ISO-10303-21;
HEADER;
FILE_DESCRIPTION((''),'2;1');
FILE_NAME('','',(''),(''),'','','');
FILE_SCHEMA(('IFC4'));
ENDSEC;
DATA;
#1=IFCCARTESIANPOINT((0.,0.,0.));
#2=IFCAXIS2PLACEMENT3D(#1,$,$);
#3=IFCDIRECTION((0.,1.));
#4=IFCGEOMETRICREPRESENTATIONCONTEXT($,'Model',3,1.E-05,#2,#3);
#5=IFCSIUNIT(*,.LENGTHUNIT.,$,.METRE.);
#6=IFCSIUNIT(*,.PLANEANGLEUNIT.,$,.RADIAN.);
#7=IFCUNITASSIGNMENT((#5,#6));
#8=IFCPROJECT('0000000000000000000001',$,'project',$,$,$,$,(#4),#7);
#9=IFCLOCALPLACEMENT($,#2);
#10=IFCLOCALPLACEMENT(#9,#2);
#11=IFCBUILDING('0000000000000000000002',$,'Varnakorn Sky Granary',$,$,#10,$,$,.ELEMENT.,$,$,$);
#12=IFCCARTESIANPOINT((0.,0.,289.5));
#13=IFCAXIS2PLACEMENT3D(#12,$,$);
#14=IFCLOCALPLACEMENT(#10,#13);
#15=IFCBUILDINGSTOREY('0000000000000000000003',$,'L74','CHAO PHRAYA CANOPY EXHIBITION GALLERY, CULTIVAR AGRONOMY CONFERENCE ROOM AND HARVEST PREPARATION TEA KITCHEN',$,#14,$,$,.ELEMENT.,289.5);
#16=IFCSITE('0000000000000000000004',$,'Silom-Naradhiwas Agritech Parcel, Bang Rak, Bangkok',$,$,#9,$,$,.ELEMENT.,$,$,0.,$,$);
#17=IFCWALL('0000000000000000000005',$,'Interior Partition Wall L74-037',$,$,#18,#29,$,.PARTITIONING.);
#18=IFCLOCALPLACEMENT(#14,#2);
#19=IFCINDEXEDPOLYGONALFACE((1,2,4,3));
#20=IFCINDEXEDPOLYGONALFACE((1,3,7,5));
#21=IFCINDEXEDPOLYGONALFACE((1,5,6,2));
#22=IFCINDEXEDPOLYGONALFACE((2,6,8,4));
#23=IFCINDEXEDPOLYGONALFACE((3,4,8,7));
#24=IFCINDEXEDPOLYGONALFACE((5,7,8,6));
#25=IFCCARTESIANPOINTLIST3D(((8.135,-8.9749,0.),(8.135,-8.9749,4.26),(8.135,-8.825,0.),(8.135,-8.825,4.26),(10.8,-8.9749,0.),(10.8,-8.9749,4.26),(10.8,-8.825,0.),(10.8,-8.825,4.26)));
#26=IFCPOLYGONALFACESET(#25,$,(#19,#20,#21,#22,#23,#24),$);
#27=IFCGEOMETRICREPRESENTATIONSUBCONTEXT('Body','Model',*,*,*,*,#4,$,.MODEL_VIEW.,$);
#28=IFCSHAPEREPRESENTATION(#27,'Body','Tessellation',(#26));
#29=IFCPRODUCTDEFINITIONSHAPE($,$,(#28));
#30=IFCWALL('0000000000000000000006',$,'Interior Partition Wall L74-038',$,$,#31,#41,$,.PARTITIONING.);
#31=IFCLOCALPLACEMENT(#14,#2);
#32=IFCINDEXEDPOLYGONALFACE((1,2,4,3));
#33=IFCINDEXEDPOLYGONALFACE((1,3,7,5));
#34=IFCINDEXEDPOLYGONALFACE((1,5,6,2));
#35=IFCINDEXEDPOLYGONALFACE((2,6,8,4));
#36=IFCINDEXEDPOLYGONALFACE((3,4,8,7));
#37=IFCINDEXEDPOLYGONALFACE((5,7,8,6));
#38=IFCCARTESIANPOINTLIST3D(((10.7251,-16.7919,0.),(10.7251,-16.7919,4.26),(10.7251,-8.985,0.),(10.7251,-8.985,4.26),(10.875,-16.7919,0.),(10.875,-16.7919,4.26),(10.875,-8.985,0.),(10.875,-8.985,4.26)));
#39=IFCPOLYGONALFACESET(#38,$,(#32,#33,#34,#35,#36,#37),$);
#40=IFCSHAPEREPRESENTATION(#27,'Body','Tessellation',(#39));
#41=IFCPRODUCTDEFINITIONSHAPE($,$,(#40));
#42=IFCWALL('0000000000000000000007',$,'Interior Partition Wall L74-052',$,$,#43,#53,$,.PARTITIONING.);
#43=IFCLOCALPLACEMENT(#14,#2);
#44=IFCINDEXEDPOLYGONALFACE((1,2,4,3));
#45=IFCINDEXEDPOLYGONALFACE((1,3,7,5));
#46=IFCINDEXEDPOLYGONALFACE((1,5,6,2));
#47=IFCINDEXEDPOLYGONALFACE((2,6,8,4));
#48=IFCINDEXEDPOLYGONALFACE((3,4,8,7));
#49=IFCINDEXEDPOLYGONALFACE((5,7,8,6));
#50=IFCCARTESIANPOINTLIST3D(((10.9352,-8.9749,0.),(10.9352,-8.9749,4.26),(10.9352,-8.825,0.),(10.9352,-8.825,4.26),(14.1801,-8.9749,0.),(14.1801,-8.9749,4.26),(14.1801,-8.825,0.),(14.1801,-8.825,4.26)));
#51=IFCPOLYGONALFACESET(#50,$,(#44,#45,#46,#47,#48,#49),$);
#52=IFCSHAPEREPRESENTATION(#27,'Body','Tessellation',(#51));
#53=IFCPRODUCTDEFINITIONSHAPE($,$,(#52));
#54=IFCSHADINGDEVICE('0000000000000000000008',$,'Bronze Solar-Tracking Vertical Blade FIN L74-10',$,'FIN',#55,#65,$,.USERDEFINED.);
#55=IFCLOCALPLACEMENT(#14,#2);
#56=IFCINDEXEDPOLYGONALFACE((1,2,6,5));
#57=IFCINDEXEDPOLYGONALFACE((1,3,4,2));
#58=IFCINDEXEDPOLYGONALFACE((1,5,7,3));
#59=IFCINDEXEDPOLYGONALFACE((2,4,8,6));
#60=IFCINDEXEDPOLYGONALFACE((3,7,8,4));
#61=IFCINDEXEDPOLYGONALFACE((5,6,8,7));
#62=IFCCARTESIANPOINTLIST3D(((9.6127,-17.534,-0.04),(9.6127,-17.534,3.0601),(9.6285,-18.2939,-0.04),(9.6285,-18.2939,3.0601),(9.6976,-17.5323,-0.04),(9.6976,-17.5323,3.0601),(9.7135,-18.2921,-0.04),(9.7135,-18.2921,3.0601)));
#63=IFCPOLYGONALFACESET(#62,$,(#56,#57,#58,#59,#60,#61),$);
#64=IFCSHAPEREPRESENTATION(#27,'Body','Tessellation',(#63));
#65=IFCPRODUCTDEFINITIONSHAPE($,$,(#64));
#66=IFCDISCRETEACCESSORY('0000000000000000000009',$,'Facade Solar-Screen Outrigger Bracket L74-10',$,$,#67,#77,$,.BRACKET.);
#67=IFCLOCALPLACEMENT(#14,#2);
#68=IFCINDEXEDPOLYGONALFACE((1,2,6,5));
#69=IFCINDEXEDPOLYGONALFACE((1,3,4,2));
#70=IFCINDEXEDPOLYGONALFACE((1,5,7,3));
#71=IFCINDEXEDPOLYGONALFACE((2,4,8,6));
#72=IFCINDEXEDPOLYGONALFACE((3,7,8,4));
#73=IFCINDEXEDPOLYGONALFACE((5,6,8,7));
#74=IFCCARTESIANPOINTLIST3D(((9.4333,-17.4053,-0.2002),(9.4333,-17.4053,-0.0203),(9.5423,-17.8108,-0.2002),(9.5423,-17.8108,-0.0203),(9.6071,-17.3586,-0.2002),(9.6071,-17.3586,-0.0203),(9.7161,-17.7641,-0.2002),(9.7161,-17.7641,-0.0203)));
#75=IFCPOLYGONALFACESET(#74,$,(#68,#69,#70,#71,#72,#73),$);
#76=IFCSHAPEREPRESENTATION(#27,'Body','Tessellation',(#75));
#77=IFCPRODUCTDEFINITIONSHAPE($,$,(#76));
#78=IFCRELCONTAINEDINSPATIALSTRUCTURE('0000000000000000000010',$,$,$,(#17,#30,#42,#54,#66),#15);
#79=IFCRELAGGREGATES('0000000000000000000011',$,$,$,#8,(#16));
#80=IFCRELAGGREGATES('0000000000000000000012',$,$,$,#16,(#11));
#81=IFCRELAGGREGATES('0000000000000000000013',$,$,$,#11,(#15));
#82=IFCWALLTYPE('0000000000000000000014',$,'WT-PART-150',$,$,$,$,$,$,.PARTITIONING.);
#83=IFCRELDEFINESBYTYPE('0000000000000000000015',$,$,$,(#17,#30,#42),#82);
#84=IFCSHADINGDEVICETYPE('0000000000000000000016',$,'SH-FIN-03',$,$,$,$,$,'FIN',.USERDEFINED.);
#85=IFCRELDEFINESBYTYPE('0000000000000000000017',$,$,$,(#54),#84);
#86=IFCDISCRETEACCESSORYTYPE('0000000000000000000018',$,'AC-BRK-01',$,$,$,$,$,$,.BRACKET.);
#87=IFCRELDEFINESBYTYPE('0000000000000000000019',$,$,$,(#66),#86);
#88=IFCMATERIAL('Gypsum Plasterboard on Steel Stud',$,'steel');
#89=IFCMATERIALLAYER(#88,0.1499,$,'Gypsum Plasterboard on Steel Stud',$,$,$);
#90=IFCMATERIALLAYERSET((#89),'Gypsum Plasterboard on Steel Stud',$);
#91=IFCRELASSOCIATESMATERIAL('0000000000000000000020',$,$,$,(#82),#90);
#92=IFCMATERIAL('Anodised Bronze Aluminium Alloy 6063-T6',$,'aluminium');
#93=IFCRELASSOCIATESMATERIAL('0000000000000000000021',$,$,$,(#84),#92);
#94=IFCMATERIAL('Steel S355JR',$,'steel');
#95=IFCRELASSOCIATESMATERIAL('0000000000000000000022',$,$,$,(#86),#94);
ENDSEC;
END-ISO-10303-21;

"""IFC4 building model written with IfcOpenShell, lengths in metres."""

from ifc_helpers import new_model, si_unit, direction, frame, frame_2d, origin, origin_2d, place, context, subcontext, project, spatial, rectangle, extrude, source, transform, mapped, material, layer, layer_set, type_object, type_shapes, element, save


model = new_model("IFC4")

# Units and contexts
model_context = context("Model", 3, precision=1e-05, world=origin(), true_north=direction((0.0, 1.0)))
body_context = subcontext(model_context, "Body", "Model", "MODEL_VIEW")
ifc_project = project(units=[si_unit("LENGTHUNIT", "METRE"), si_unit("PLANEANGLEUNIT", "RADIAN")], contexts=[model_context])

# Site, building, storey
site_placement = place(None, origin())
site = spatial("IfcSite", under=ifc_project, at=site_placement, Name="Silom-Naradhiwas Agritech Parcel, Bang Rak, Bangkok", CompositionType="ELEMENT", RefElevation=0.0)
building_placement = place(site_placement, origin())
building = spatial("IfcBuilding", under=site, at=building_placement, Name="Varnakorn Sky Granary", CompositionType="ELEMENT")
storey_placement = place(building_placement, frame((0.0, 0.0, 289.5)))
storey = spatial("IfcBuildingStorey", under=building, at=storey_placement, Name="L74", Description="CHAO PHRAYA CANOPY EXHIBITION GALLERY, CULTIVAR AGRONOMY CONFERENCE ROOM AND HARVEST PREPARATION TEA KITCHEN", CompositionType="ELEMENT", Elevation=289.5)

# Shared definitions
ifc_material_1 = material(Name="Steel S355JR", Category="steel")

# Shared definitions
ifc_material_2 = material(Name="Anodised Bronze Aluminium Alloy 6063-T6", Category="aluminium")

# Walls
ifc_material_3 = material(Name="Gypsum Plasterboard on Steel Stud", Category="steel")
ifc_layer_1 = layer(ifc_material_3, 0.1499, Name="Gypsum Plasterboard on Steel Stud")
ifc_layer_set_1 = layer_set([ifc_layer_1], Name="Gypsum Plasterboard on Steel Stud")
wall_type = type_object("IfcWallType", Name="WT-PART-150", PredefinedType="PARTITIONING", material=ifc_layer_set_1)
wall_1_placement = place(storey_placement, frame((8.135, -8.8999, 0.0), z_axis=(0.0, 0.0, 1.0), x_axis=(1.0, 0.0, 0.0)))
element("IfcWall", 1, at=wall_1_placement, inside=storey, type_object=wall_type, Name="Interior Partition Wall L74-037", PredefinedType="PARTITIONING", context=body_context, shape_type="SweptSolid", body=[
    extrude(rectangle(XDim=2.665, YDim=0.1499, at=frame_2d((1.3325, 0.0))), origin(), (0.0, 0.0, 1.0), 4.26),
])
wall_2_placement = place(storey_placement, frame((10.8, -8.9851, 0.0), z_axis=(0.0, 0.0, 1.0), x_axis=(0.0, -1.0, 0.0)))
element("IfcWall", 2, at=wall_2_placement, inside=storey, type_object=wall_type, Name="Interior Partition Wall L74-038", PredefinedType="PARTITIONING", context=body_context, shape_type="SweptSolid", body=[
    extrude(rectangle(XDim=7.8069, YDim=0.1499, at=frame_2d((3.9033, 0.0))), origin(), (0.0, 0.0, 1.0), 4.26),
])
wall_3_placement = place(storey_placement, frame((10.9351, -8.8999, 0.0), z_axis=(0.0, 0.0, 1.0), x_axis=(1.0, 0.0, 0.0)))
element("IfcWall", 3, at=wall_3_placement, inside=storey, type_object=wall_type, Name="Interior Partition Wall L74-052", PredefinedType="PARTITIONING", context=body_context, shape_type="SweptSolid", body=[
    extrude(rectangle(XDim=3.2449, YDim=0.1499, at=frame_2d((1.6226, 0.0))), origin(), (0.0, 0.0, 1.0), 4.26),
])

# Shading device
shading_device_type = type_object("IfcShadingDeviceType", Name="SH-FIN-03", ElementType="FIN", PredefinedType="USERDEFINED", material=ifc_material_2)
shared_shape_1 = source(origin(), body_context, "Body", "SweptSolid", [
    extrude(rectangle(XDim=0.085, YDim=0.76, at=origin_2d()), origin(), (0.0, 0.0, 1.0), 3.1001),
])
type_shapes(shading_device_type, [shared_shape_1])
shading_device_placement = place(storey_placement, frame((9.6631, -17.9131, -0.04), z_axis=(0.0, 0.0, 1.0), x_axis=(0.999783, 0.020843, 0.0)))
element("IfcShadingDevice", 4, at=shading_device_placement, inside=storey, type_object=shading_device_type, Name="Bronze Solar-Tracking Vertical Blade FIN L74-10", ObjectType="FIN", PredefinedType="USERDEFINED", context=body_context, shape_type="MappedRepresentation", body=[
    mapped(shared_shape_1, transform((0.0, 0.0, 0.0), x_axis=(1.0, 0.0, 0.0), y_axis=(0.0, 1.0, 0.0), z_axis=(0.0, 0.0, 1.0), scale=1.0)),
])

# Discrete accessory
discrete_accessory_type = type_object("IfcDiscreteAccessoryType", Name="AC-BRK-01", PredefinedType="BRACKET", material=ifc_material_1)
shared_shape_2 = source(origin(), body_context, "Body", "SweptSolid", [
    extrude(rectangle(XDim=0.1799, YDim=0.4199, at=origin_2d()), origin(), (0.0, 0.0, 1.0), 0.1799),
])
type_shapes(discrete_accessory_type, [shared_shape_2])
discrete_accessory_placement = place(storey_placement, frame((9.5747, -17.5847, -0.2002), z_axis=(0.0, 0.0, 1.0), x_axis=(0.965747, 0.259487, 0.0)))
element("IfcDiscreteAccessory", 5, at=discrete_accessory_placement, inside=storey, type_object=discrete_accessory_type, Name="Facade Solar-Screen Outrigger Bracket L74-10", PredefinedType="BRACKET", context=body_context, shape_type="MappedRepresentation", body=[
    mapped(shared_shape_2, transform((0.0, 0.0, 0.0), x_axis=(1.0, 0.0, 0.0), y_axis=(0.0, 1.0, 0.0), z_axis=(0.0, 0.0, 1.0), scale=1.0)),
])

save(model, "model.ifc")
